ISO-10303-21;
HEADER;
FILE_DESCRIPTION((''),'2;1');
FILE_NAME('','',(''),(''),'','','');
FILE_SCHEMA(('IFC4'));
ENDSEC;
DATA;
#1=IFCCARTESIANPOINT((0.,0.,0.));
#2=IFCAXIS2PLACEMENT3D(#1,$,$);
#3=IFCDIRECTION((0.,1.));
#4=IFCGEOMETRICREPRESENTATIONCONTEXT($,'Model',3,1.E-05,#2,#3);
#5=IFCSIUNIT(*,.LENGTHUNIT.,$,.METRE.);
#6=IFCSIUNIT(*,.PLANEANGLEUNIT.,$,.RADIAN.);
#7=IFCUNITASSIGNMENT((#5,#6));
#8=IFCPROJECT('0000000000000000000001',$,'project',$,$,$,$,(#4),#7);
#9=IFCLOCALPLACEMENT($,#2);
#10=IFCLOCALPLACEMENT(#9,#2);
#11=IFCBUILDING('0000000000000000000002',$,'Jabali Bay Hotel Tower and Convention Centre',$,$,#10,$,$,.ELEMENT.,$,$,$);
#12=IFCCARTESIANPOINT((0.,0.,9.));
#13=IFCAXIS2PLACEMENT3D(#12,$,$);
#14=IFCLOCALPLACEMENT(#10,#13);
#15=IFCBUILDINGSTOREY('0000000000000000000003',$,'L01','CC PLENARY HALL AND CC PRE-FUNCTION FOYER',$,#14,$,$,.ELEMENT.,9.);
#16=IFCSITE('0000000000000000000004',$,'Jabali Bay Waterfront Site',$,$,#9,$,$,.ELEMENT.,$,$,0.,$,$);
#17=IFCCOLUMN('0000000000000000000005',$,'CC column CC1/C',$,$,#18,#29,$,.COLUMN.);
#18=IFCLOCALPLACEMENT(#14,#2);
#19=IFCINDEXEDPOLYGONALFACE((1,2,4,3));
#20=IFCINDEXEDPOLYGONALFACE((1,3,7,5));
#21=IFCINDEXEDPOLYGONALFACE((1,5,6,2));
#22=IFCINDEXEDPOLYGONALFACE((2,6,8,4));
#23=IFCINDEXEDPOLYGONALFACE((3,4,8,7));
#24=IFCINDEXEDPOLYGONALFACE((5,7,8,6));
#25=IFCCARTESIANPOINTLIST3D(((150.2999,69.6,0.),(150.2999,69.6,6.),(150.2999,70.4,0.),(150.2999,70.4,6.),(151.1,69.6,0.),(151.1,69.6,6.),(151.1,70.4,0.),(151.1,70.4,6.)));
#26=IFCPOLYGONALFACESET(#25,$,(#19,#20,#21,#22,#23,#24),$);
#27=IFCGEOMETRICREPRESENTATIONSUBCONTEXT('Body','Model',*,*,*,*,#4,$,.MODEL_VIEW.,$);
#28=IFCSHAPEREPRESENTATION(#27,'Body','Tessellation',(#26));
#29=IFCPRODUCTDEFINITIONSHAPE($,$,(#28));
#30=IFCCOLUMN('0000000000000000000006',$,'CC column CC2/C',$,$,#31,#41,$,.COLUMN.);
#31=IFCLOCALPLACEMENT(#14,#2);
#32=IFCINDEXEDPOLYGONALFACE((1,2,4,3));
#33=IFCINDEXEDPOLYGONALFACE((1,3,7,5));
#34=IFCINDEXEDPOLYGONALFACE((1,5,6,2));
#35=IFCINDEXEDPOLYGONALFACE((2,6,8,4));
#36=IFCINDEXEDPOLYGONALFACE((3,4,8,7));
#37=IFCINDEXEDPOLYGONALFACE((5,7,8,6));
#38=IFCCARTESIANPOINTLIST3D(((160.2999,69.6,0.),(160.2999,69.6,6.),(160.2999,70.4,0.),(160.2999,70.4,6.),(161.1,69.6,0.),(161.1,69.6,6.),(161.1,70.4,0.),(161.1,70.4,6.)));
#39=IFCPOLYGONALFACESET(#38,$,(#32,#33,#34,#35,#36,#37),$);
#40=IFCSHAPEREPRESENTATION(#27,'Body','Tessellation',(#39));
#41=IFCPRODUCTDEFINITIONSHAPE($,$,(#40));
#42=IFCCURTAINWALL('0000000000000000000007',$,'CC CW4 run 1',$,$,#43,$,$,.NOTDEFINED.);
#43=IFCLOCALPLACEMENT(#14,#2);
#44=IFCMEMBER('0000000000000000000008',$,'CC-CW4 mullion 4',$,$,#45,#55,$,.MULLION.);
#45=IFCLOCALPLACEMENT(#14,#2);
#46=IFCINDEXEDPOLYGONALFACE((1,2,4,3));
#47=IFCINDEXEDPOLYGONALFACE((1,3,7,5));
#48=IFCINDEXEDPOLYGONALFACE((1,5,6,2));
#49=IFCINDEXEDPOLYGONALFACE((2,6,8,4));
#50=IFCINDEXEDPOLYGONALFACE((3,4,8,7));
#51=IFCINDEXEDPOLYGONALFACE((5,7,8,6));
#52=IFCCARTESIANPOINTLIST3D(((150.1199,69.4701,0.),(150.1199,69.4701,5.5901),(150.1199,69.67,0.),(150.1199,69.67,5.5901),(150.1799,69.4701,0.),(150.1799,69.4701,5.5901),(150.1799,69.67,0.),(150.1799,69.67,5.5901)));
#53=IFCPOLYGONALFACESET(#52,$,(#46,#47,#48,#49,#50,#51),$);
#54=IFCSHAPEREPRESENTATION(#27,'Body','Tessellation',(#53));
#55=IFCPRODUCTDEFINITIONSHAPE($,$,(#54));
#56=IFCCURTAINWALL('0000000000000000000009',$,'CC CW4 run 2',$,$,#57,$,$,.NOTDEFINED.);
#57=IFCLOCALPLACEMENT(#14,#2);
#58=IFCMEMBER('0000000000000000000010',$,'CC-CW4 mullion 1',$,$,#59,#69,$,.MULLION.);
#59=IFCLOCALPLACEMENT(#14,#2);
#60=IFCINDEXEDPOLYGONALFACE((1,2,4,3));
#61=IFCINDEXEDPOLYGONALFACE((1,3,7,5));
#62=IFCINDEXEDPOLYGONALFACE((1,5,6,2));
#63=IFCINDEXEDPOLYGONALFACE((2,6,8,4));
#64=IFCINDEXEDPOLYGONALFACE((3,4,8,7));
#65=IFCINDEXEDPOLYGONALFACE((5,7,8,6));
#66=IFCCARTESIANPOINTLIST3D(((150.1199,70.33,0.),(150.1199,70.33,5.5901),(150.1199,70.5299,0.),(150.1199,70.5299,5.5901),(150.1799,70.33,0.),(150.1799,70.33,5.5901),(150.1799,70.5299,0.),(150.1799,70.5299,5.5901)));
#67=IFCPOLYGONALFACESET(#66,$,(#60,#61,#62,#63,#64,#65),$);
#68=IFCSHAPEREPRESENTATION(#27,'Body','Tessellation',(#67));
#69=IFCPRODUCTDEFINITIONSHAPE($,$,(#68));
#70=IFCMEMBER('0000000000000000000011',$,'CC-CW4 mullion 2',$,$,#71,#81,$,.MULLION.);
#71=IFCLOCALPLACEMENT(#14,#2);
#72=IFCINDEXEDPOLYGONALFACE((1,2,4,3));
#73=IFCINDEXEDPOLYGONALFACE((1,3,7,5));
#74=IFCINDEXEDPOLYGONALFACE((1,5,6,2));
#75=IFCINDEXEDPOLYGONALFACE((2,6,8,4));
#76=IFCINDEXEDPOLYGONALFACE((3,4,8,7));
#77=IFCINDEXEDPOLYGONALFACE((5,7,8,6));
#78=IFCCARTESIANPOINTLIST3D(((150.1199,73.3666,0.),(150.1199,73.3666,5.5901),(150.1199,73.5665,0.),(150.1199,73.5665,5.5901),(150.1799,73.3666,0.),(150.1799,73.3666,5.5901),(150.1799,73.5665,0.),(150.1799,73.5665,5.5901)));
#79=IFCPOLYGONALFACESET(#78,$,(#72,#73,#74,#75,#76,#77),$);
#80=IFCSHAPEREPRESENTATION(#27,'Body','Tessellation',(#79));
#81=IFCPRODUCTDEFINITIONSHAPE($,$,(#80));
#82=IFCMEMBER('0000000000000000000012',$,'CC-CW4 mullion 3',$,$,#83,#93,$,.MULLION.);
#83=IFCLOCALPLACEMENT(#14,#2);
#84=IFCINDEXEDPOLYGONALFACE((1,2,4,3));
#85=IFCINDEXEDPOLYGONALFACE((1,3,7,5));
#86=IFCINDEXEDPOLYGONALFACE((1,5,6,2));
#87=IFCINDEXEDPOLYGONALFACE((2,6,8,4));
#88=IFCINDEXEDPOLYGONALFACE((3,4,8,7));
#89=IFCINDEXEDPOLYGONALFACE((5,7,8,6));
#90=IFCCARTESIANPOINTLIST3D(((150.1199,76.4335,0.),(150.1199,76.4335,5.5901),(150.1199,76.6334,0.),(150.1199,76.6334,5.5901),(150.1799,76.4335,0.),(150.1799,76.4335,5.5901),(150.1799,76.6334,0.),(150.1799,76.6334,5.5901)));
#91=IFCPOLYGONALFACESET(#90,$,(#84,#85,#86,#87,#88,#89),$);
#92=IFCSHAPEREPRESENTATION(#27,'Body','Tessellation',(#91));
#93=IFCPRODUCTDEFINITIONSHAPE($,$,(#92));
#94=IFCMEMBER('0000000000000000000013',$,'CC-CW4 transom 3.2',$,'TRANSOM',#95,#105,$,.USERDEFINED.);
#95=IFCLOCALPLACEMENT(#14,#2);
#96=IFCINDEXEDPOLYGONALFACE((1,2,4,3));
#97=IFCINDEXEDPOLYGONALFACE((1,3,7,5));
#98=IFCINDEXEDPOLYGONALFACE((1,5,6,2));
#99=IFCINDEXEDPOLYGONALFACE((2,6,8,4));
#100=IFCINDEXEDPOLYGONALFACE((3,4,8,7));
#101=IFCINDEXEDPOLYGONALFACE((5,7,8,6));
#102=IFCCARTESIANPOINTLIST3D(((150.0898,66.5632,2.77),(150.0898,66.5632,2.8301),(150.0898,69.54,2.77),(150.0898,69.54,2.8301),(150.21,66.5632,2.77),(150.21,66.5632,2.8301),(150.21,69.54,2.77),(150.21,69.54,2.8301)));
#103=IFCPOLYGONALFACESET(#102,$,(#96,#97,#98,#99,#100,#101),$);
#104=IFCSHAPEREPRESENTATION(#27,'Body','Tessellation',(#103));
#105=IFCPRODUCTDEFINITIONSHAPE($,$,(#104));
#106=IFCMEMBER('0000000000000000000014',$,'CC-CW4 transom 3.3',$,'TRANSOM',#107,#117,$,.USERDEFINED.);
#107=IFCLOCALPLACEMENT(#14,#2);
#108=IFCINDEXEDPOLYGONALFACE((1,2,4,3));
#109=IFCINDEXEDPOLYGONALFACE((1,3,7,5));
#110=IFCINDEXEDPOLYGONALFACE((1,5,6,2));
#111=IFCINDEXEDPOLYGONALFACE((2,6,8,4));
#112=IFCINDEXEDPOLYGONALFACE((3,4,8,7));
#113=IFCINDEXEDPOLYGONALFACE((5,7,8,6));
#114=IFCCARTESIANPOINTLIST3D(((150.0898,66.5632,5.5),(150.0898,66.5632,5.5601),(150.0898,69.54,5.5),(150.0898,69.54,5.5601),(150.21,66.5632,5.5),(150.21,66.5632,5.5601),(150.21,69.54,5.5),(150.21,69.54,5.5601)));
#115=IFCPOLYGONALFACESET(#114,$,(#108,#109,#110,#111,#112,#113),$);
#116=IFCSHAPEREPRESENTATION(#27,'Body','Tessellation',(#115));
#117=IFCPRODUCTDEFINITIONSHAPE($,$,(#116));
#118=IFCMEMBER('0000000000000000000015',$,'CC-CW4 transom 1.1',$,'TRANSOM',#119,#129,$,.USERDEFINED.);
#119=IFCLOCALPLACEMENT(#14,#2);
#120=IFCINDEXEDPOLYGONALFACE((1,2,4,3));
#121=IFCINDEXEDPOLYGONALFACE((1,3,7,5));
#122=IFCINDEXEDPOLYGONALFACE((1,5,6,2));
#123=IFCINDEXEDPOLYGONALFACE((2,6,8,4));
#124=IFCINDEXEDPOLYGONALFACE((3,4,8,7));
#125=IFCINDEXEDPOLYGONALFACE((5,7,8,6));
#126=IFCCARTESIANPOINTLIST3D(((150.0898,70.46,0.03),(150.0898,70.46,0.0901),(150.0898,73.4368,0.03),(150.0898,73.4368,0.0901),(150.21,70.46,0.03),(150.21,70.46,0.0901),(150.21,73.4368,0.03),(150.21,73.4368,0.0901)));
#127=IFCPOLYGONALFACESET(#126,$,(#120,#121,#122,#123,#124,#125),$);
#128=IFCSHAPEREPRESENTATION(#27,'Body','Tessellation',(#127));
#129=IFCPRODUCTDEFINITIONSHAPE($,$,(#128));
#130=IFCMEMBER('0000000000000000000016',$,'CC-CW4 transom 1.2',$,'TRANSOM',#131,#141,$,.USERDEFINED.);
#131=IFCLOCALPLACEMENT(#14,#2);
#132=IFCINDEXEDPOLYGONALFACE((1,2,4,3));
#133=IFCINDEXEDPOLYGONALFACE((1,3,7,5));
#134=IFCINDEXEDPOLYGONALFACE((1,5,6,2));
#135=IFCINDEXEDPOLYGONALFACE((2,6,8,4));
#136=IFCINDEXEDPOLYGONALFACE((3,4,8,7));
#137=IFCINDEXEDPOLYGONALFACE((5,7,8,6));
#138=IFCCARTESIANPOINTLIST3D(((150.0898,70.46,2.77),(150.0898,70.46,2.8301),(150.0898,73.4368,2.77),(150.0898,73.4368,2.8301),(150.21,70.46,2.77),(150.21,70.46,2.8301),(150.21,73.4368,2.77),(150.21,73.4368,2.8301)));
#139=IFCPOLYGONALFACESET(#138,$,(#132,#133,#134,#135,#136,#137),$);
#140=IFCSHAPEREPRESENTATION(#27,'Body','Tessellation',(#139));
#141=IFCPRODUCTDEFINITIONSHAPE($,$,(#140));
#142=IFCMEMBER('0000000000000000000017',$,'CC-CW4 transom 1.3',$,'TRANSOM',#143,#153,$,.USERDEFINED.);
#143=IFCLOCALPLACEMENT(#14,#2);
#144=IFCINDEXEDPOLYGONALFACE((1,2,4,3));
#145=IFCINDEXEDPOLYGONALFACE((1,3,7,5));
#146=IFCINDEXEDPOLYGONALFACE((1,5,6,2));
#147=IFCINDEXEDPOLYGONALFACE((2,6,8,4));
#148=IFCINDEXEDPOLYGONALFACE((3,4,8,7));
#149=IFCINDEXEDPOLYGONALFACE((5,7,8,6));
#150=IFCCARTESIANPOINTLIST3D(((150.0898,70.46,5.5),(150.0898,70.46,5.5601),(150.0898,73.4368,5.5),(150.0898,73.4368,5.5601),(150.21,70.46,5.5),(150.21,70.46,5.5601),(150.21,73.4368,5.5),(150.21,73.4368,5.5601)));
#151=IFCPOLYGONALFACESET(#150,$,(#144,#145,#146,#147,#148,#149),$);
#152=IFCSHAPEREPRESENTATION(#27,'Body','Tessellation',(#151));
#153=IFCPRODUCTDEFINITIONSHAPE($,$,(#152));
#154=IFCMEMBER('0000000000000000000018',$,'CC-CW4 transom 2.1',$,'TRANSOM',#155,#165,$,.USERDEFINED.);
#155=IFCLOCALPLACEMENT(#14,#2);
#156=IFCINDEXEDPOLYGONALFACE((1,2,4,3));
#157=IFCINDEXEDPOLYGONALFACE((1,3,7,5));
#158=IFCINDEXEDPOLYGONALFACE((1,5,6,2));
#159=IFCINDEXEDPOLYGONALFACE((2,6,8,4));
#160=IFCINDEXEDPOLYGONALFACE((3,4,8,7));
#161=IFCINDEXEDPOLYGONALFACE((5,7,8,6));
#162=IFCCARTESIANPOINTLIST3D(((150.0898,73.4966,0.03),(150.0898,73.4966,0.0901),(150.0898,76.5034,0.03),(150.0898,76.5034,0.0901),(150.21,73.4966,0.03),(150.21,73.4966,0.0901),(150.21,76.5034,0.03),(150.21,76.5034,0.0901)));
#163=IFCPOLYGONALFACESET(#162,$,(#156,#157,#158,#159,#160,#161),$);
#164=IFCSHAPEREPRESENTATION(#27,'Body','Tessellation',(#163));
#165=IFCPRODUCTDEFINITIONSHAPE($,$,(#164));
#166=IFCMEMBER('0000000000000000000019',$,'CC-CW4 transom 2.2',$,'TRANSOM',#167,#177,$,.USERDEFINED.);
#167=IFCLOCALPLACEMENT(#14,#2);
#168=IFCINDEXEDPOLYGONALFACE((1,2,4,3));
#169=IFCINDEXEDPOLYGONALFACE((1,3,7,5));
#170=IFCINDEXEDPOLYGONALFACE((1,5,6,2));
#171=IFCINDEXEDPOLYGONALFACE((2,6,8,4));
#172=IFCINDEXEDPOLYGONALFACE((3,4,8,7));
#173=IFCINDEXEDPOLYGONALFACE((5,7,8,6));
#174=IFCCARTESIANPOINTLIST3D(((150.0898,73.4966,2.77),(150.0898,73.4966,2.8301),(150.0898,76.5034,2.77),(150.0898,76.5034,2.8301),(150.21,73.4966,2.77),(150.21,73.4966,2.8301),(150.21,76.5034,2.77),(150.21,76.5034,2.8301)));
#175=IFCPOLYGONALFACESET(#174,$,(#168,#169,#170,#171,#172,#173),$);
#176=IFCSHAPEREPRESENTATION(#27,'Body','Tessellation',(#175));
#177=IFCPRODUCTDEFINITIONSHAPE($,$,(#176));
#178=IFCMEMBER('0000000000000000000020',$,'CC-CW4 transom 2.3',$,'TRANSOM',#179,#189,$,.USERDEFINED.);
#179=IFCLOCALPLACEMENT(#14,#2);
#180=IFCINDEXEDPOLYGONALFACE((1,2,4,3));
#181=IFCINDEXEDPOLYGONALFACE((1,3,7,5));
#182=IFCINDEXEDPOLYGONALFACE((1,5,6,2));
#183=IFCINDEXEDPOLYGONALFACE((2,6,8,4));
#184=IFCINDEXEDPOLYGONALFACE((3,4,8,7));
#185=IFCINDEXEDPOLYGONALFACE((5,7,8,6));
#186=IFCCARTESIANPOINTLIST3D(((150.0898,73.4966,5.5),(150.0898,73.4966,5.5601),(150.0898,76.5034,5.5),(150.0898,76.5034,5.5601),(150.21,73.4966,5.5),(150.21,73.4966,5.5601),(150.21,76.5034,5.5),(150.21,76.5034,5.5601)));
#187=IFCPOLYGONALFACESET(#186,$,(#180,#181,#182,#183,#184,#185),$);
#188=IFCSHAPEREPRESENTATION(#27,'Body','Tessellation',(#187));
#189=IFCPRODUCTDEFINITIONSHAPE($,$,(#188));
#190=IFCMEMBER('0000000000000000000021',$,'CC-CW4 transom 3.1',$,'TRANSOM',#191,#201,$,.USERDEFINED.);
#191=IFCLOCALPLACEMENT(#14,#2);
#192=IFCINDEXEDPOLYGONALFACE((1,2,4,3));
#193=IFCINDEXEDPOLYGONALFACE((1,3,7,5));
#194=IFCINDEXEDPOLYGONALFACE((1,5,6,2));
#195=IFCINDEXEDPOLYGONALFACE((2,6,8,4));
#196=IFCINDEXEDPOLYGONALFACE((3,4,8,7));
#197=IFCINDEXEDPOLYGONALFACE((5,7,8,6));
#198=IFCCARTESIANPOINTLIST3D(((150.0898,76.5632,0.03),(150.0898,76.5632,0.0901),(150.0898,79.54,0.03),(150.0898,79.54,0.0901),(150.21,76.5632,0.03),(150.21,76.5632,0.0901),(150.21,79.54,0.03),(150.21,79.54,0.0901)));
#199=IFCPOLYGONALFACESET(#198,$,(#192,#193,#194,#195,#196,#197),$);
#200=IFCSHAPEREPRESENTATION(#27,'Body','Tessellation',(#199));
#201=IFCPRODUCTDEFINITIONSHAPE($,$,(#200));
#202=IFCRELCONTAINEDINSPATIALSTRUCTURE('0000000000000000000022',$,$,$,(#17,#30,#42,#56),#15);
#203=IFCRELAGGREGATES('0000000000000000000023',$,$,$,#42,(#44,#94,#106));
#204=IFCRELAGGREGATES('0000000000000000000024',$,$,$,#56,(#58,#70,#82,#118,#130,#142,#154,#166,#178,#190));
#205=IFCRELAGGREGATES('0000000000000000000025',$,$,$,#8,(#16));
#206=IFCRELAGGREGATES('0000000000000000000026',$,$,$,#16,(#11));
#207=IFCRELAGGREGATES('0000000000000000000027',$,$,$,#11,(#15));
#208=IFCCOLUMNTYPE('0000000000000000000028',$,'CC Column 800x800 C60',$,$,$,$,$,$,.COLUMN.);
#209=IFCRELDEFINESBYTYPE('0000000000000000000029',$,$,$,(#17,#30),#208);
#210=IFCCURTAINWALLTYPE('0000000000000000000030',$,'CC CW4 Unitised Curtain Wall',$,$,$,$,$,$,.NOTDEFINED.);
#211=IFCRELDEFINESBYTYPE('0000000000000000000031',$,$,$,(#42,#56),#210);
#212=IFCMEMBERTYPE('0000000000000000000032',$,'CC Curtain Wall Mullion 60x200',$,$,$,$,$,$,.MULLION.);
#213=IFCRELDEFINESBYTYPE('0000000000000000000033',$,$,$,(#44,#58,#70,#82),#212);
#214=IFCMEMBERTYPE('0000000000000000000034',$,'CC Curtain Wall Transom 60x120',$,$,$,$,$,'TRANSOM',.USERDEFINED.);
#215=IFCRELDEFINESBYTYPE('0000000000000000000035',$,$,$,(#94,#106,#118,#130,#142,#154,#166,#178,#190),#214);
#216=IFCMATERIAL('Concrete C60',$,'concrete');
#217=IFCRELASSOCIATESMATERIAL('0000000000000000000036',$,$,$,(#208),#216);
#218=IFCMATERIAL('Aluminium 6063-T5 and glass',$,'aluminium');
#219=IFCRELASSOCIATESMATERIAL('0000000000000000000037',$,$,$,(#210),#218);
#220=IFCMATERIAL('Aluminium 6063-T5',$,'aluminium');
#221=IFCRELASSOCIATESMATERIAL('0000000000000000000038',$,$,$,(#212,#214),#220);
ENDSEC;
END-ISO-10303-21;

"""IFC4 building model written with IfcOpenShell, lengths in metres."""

from ifc_helpers import new_model, si_unit, direction, frame, origin, origin_2d, place, context, subcontext, project, spatial, rectangle, extrude, material, material_profile, profile_set, type_object, element, aggregate, save


model = new_model("IFC4")

# Units and contexts
model_context = context("Model", 3, precision=1e-05, world=origin(), true_north=direction((0.0, 1.0)))
body_context = subcontext(model_context, "Body", "Model", "MODEL_VIEW")
ifc_project = project(units=[si_unit("LENGTHUNIT", "METRE"), si_unit("PLANEANGLEUNIT", "RADIAN")], contexts=[model_context])

# Site, building, storey
site_placement = place(None, origin())
site = spatial("IfcSite", under=ifc_project, at=site_placement, Name="Jabali Bay Waterfront Site", CompositionType="ELEMENT", RefElevation=0.0)
building_placement = place(site_placement, origin())
building = spatial("IfcBuilding", under=site, at=building_placement, Name="Jabali Bay Hotel Tower and Convention Centre", CompositionType="ELEMENT")
storey_placement = place(building_placement, frame((0.0, 0.0, 9.0)))
storey = spatial("IfcBuildingStorey", under=building, at=storey_placement, Name="L01", Description="CC PLENARY HALL AND CC PRE-FUNCTION FOYER", CompositionType="ELEMENT", Elevation=9.0)

# Columns
ifc_material_1 = material(Name="Concrete C60", Category="concrete")
ifc_material_profile_1 = material_profile(ifc_material_1, rectangle(XDim=0.8, YDim=0.8, at=origin_2d()), Name="RC 800x800")
ifc_profile_set_1 = profile_set([ifc_material_profile_1], Name="Concrete C60")
column_type = type_object("IfcColumnType", Name="CC Column 800x800 C60", PredefinedType="COLUMN", material=ifc_profile_set_1)
for number, where, z_axis, x_axis, name in (
    (1, (150.7, 70.0, 0.0), (0.0, 0.0, 1.0), (1.0, 0.0, 0.0), "CC column CC1/C"),
    (2, (160.7, 70.0, 0.0), (0.0, 0.0, 1.0), (1.0, 0.0, 0.0), "CC column CC2/C"),
):
    element("IfcColumn", number, at=place(storey_placement, frame(where, z_axis=z_axis, x_axis=x_axis)), inside=storey, type_object=column_type, Name=name, PredefinedType="COLUMN", context=body_context, shape_type="SweptSolid", body=[
        extrude(rectangle(XDim=0.8, YDim=0.8, at=origin_2d()), origin(), (0.0, 0.0, 1.0), 6.0),
    ])

# Curtain wall, member
ifc_material_2 = material(Name="Aluminium 6063-T5 and glass", Category="aluminium")
curtain_wall_type = type_object("IfcCurtainWallType", Name="CC CW4 Unitised Curtain Wall", PredefinedType="NOTDEFINED", material=ifc_material_2)
curtain_wall_1_placement = place(storey_placement, origin())
curtain_wall_1 = element("IfcCurtainWall", 3, at=curtain_wall_1_placement, inside=storey, type_object=curtain_wall_type, Name="CC CW4 run 1", PredefinedType="NOTDEFINED")
ifc_material_3 = material(Name="Aluminium 6063-T5", Category="aluminium")
ifc_material_profile_2 = material_profile(ifc_material_3, rectangle(XDim=0.0601, YDim=0.2, at=origin_2d()), Name="AL 60x200")
ifc_profile_set_2 = profile_set([ifc_material_profile_2], Name="Aluminium 6063-T5")
member_type_1 = type_object("IfcMemberType", Name="CC Curtain Wall Mullion 60x200", PredefinedType="MULLION", material=ifc_profile_set_2)
member_1_placement = place(storey_placement, frame((150.1499, 69.5701, 0.0), z_axis=(0.0, 0.0, 1.0), x_axis=(-1.0, 0.0, 0.0)))
member_1 = element("IfcMember", 4, at=member_1_placement, type_object=member_type_1, Name="CC-CW4 mullion 4", PredefinedType="MULLION", context=body_context, shape_type="SweptSolid", body=[
    extrude(rectangle(XDim=0.0601, YDim=0.2, at=origin_2d()), origin(), (0.0, 0.0, 1.0), 5.5901),
])

# Curtain wall, members
curtain_wall_2_placement = place(storey_placement, origin())
curtain_wall_2 = element("IfcCurtainWall", 5, at=curtain_wall_2_placement, inside=storey, type_object=curtain_wall_type, Name="CC CW4 run 2", PredefinedType="NOTDEFINED")
member_2_placement = place(storey_placement, frame((150.1499, 70.4299, 0.0), z_axis=(0.0, 0.0, 1.0), x_axis=(-1.0, 0.0, 0.0)))
member_2 = element("IfcMember", 6, at=member_2_placement, type_object=member_type_1, Name="CC-CW4 mullion 1", PredefinedType="MULLION", context=body_context, shape_type="SweptSolid", body=[
    extrude(rectangle(XDim=0.0601, YDim=0.2, at=origin_2d()), origin(), (0.0, 0.0, 1.0), 5.5901),
])
member_3_placement = place(storey_placement, frame((150.1499, 73.4666, 0.0), z_axis=(0.0, 0.0, 1.0), x_axis=(-1.0, 0.0, 0.0)))
member_3 = element("IfcMember", 7, at=member_3_placement, type_object=member_type_1, Name="CC-CW4 mullion 2", PredefinedType="MULLION", context=body_context, shape_type="SweptSolid", body=[
    extrude(rectangle(XDim=0.0601, YDim=0.2, at=origin_2d()), origin(), (0.0, 0.0, 1.0), 5.5901),
])
member_4_placement = place(storey_placement, frame((150.1499, 76.5334, 0.0), z_axis=(0.0, 0.0, 1.0), x_axis=(-1.0, 0.0, 0.0)))
member_4 = element("IfcMember", 8, at=member_4_placement, type_object=member_type_1, Name="CC-CW4 mullion 3", PredefinedType="MULLION", context=body_context, shape_type="SweptSolid", body=[
    extrude(rectangle(XDim=0.0601, YDim=0.2, at=origin_2d()), origin(), (0.0, 0.0, 1.0), 5.5901),
])

# Members
ifc_material_profile_3 = material_profile(ifc_material_3, rectangle(XDim=0.1201, YDim=0.0601, at=origin_2d()), Name="AL 120x60")
ifc_profile_set_3 = profile_set([ifc_material_profile_3], Name="Aluminium 6063-T5")
member_type_2 = type_object("IfcMemberType", Name="CC Curtain Wall Transom 60x120", ElementType="TRANSOM", PredefinedType="USERDEFINED", material=ifc_profile_set_3)
member_5_placement = place(storey_placement, frame((150.1499, 66.5632, 2.8), z_axis=(0.0, 1.0, 0.0), x_axis=(-1.0, 0.0, 0.0)))
member_5 = element("IfcMember", 9, at=member_5_placement, type_object=member_type_2, Name="CC-CW4 transom 3.2", ObjectType="TRANSOM", PredefinedType="USERDEFINED", context=body_context, shape_type="SweptSolid", body=[
    extrude(rectangle(XDim=0.1201, YDim=0.0601, at=origin_2d()), origin(), (0.0, 0.0, 1.0), 2.9768),
])
member_6_placement = place(storey_placement, frame((150.1499, 66.5632, 5.53), z_axis=(0.0, 1.0, 0.0), x_axis=(-1.0, 0.0, 0.0)))
member_6 = element("IfcMember", 10, at=member_6_placement, type_object=member_type_2, Name="CC-CW4 transom 3.3", ObjectType="TRANSOM", PredefinedType="USERDEFINED", context=body_context, shape_type="SweptSolid", body=[
    extrude(rectangle(XDim=0.1201, YDim=0.0601, at=origin_2d()), origin(), (0.0, 0.0, 1.0), 2.9768),
])
member_7_placement = place(storey_placement, frame((150.1499, 70.46, 0.0601), z_axis=(0.0, 1.0, 0.0), x_axis=(-1.0, 0.0, 0.0)))
member_7 = element("IfcMember", 11, at=member_7_placement, type_object=member_type_2, Name="CC-CW4 transom 1.1", ObjectType="TRANSOM", PredefinedType="USERDEFINED", context=body_context, shape_type="SweptSolid", body=[
    extrude(rectangle(XDim=0.1201, YDim=0.0601, at=origin_2d()), origin(), (0.0, 0.0, 1.0), 2.9768),
])
member_8_placement = place(storey_placement, frame((150.1499, 70.46, 2.8), z_axis=(0.0, 1.0, 0.0), x_axis=(-1.0, 0.0, 0.0)))
member_8 = element("IfcMember", 12, at=member_8_placement, type_object=member_type_2, Name="CC-CW4 transom 1.2", ObjectType="TRANSOM", PredefinedType="USERDEFINED", context=body_context, shape_type="SweptSolid", body=[
    extrude(rectangle(XDim=0.1201, YDim=0.0601, at=origin_2d()), origin(), (0.0, 0.0, 1.0), 2.9768),
])
member_9_placement = place(storey_placement, frame((150.1499, 70.46, 5.53), z_axis=(0.0, 1.0, 0.0), x_axis=(-1.0, 0.0, 0.0)))
member_9 = element("IfcMember", 13, at=member_9_placement, type_object=member_type_2, Name="CC-CW4 transom 1.3", ObjectType="TRANSOM", PredefinedType="USERDEFINED", context=body_context, shape_type="SweptSolid", body=[
    extrude(rectangle(XDim=0.1201, YDim=0.0601, at=origin_2d()), origin(), (0.0, 0.0, 1.0), 2.9768),
])
member_10_placement = place(storey_placement, frame((150.1499, 73.4966, 0.0601), z_axis=(0.0, 1.0, 0.0), x_axis=(-1.0, 0.0, 0.0)))
member_10 = element("IfcMember", 14, at=member_10_placement, type_object=member_type_2, Name="CC-CW4 transom 2.1", ObjectType="TRANSOM", PredefinedType="USERDEFINED", context=body_context, shape_type="SweptSolid", body=[
    extrude(rectangle(XDim=0.1201, YDim=0.0601, at=origin_2d()), origin(), (0.0, 0.0, 1.0), 3.0068),
])
member_11_placement = place(storey_placement, frame((150.1499, 73.4966, 2.8), z_axis=(0.0, 1.0, 0.0), x_axis=(-1.0, 0.0, 0.0)))
member_11 = element("IfcMember", 15, at=member_11_placement, type_object=member_type_2, Name="CC-CW4 transom 2.2", ObjectType="TRANSOM", PredefinedType="USERDEFINED", context=body_context, shape_type="SweptSolid", body=[
    extrude(rectangle(XDim=0.1201, YDim=0.0601, at=origin_2d()), origin(), (0.0, 0.0, 1.0), 3.0068),
])
member_12_placement = place(storey_placement, frame((150.1499, 73.4966, 5.53), z_axis=(0.0, 1.0, 0.0), x_axis=(-1.0, 0.0, 0.0)))
member_12 = element("IfcMember", 16, at=member_12_placement, type_object=member_type_2, Name="CC-CW4 transom 2.3", ObjectType="TRANSOM", PredefinedType="USERDEFINED", context=body_context, shape_type="SweptSolid", body=[
    extrude(rectangle(XDim=0.1201, YDim=0.0601, at=origin_2d()), origin(), (0.0, 0.0, 1.0), 3.0068),
])
member_13_placement = place(storey_placement, frame((150.1499, 76.5632, 0.0601), z_axis=(0.0, 1.0, 0.0), x_axis=(-1.0, 0.0, 0.0)))
member_13 = element("IfcMember", 17, at=member_13_placement, type_object=member_type_2, Name="CC-CW4 transom 3.1", ObjectType="TRANSOM", PredefinedType="USERDEFINED", context=body_context, shape_type="SweptSolid", body=[
    extrude(rectangle(XDim=0.1201, YDim=0.0601, at=origin_2d()), origin(), (0.0, 0.0, 1.0), 2.9768),
])

aggregate(curtain_wall_1, [member_1, member_5, member_6])
aggregate(curtain_wall_2, [member_2, member_3, member_4, member_7, member_8, member_9, member_10, member_11, member_12, member_13])

save(model, "model.ifc")
